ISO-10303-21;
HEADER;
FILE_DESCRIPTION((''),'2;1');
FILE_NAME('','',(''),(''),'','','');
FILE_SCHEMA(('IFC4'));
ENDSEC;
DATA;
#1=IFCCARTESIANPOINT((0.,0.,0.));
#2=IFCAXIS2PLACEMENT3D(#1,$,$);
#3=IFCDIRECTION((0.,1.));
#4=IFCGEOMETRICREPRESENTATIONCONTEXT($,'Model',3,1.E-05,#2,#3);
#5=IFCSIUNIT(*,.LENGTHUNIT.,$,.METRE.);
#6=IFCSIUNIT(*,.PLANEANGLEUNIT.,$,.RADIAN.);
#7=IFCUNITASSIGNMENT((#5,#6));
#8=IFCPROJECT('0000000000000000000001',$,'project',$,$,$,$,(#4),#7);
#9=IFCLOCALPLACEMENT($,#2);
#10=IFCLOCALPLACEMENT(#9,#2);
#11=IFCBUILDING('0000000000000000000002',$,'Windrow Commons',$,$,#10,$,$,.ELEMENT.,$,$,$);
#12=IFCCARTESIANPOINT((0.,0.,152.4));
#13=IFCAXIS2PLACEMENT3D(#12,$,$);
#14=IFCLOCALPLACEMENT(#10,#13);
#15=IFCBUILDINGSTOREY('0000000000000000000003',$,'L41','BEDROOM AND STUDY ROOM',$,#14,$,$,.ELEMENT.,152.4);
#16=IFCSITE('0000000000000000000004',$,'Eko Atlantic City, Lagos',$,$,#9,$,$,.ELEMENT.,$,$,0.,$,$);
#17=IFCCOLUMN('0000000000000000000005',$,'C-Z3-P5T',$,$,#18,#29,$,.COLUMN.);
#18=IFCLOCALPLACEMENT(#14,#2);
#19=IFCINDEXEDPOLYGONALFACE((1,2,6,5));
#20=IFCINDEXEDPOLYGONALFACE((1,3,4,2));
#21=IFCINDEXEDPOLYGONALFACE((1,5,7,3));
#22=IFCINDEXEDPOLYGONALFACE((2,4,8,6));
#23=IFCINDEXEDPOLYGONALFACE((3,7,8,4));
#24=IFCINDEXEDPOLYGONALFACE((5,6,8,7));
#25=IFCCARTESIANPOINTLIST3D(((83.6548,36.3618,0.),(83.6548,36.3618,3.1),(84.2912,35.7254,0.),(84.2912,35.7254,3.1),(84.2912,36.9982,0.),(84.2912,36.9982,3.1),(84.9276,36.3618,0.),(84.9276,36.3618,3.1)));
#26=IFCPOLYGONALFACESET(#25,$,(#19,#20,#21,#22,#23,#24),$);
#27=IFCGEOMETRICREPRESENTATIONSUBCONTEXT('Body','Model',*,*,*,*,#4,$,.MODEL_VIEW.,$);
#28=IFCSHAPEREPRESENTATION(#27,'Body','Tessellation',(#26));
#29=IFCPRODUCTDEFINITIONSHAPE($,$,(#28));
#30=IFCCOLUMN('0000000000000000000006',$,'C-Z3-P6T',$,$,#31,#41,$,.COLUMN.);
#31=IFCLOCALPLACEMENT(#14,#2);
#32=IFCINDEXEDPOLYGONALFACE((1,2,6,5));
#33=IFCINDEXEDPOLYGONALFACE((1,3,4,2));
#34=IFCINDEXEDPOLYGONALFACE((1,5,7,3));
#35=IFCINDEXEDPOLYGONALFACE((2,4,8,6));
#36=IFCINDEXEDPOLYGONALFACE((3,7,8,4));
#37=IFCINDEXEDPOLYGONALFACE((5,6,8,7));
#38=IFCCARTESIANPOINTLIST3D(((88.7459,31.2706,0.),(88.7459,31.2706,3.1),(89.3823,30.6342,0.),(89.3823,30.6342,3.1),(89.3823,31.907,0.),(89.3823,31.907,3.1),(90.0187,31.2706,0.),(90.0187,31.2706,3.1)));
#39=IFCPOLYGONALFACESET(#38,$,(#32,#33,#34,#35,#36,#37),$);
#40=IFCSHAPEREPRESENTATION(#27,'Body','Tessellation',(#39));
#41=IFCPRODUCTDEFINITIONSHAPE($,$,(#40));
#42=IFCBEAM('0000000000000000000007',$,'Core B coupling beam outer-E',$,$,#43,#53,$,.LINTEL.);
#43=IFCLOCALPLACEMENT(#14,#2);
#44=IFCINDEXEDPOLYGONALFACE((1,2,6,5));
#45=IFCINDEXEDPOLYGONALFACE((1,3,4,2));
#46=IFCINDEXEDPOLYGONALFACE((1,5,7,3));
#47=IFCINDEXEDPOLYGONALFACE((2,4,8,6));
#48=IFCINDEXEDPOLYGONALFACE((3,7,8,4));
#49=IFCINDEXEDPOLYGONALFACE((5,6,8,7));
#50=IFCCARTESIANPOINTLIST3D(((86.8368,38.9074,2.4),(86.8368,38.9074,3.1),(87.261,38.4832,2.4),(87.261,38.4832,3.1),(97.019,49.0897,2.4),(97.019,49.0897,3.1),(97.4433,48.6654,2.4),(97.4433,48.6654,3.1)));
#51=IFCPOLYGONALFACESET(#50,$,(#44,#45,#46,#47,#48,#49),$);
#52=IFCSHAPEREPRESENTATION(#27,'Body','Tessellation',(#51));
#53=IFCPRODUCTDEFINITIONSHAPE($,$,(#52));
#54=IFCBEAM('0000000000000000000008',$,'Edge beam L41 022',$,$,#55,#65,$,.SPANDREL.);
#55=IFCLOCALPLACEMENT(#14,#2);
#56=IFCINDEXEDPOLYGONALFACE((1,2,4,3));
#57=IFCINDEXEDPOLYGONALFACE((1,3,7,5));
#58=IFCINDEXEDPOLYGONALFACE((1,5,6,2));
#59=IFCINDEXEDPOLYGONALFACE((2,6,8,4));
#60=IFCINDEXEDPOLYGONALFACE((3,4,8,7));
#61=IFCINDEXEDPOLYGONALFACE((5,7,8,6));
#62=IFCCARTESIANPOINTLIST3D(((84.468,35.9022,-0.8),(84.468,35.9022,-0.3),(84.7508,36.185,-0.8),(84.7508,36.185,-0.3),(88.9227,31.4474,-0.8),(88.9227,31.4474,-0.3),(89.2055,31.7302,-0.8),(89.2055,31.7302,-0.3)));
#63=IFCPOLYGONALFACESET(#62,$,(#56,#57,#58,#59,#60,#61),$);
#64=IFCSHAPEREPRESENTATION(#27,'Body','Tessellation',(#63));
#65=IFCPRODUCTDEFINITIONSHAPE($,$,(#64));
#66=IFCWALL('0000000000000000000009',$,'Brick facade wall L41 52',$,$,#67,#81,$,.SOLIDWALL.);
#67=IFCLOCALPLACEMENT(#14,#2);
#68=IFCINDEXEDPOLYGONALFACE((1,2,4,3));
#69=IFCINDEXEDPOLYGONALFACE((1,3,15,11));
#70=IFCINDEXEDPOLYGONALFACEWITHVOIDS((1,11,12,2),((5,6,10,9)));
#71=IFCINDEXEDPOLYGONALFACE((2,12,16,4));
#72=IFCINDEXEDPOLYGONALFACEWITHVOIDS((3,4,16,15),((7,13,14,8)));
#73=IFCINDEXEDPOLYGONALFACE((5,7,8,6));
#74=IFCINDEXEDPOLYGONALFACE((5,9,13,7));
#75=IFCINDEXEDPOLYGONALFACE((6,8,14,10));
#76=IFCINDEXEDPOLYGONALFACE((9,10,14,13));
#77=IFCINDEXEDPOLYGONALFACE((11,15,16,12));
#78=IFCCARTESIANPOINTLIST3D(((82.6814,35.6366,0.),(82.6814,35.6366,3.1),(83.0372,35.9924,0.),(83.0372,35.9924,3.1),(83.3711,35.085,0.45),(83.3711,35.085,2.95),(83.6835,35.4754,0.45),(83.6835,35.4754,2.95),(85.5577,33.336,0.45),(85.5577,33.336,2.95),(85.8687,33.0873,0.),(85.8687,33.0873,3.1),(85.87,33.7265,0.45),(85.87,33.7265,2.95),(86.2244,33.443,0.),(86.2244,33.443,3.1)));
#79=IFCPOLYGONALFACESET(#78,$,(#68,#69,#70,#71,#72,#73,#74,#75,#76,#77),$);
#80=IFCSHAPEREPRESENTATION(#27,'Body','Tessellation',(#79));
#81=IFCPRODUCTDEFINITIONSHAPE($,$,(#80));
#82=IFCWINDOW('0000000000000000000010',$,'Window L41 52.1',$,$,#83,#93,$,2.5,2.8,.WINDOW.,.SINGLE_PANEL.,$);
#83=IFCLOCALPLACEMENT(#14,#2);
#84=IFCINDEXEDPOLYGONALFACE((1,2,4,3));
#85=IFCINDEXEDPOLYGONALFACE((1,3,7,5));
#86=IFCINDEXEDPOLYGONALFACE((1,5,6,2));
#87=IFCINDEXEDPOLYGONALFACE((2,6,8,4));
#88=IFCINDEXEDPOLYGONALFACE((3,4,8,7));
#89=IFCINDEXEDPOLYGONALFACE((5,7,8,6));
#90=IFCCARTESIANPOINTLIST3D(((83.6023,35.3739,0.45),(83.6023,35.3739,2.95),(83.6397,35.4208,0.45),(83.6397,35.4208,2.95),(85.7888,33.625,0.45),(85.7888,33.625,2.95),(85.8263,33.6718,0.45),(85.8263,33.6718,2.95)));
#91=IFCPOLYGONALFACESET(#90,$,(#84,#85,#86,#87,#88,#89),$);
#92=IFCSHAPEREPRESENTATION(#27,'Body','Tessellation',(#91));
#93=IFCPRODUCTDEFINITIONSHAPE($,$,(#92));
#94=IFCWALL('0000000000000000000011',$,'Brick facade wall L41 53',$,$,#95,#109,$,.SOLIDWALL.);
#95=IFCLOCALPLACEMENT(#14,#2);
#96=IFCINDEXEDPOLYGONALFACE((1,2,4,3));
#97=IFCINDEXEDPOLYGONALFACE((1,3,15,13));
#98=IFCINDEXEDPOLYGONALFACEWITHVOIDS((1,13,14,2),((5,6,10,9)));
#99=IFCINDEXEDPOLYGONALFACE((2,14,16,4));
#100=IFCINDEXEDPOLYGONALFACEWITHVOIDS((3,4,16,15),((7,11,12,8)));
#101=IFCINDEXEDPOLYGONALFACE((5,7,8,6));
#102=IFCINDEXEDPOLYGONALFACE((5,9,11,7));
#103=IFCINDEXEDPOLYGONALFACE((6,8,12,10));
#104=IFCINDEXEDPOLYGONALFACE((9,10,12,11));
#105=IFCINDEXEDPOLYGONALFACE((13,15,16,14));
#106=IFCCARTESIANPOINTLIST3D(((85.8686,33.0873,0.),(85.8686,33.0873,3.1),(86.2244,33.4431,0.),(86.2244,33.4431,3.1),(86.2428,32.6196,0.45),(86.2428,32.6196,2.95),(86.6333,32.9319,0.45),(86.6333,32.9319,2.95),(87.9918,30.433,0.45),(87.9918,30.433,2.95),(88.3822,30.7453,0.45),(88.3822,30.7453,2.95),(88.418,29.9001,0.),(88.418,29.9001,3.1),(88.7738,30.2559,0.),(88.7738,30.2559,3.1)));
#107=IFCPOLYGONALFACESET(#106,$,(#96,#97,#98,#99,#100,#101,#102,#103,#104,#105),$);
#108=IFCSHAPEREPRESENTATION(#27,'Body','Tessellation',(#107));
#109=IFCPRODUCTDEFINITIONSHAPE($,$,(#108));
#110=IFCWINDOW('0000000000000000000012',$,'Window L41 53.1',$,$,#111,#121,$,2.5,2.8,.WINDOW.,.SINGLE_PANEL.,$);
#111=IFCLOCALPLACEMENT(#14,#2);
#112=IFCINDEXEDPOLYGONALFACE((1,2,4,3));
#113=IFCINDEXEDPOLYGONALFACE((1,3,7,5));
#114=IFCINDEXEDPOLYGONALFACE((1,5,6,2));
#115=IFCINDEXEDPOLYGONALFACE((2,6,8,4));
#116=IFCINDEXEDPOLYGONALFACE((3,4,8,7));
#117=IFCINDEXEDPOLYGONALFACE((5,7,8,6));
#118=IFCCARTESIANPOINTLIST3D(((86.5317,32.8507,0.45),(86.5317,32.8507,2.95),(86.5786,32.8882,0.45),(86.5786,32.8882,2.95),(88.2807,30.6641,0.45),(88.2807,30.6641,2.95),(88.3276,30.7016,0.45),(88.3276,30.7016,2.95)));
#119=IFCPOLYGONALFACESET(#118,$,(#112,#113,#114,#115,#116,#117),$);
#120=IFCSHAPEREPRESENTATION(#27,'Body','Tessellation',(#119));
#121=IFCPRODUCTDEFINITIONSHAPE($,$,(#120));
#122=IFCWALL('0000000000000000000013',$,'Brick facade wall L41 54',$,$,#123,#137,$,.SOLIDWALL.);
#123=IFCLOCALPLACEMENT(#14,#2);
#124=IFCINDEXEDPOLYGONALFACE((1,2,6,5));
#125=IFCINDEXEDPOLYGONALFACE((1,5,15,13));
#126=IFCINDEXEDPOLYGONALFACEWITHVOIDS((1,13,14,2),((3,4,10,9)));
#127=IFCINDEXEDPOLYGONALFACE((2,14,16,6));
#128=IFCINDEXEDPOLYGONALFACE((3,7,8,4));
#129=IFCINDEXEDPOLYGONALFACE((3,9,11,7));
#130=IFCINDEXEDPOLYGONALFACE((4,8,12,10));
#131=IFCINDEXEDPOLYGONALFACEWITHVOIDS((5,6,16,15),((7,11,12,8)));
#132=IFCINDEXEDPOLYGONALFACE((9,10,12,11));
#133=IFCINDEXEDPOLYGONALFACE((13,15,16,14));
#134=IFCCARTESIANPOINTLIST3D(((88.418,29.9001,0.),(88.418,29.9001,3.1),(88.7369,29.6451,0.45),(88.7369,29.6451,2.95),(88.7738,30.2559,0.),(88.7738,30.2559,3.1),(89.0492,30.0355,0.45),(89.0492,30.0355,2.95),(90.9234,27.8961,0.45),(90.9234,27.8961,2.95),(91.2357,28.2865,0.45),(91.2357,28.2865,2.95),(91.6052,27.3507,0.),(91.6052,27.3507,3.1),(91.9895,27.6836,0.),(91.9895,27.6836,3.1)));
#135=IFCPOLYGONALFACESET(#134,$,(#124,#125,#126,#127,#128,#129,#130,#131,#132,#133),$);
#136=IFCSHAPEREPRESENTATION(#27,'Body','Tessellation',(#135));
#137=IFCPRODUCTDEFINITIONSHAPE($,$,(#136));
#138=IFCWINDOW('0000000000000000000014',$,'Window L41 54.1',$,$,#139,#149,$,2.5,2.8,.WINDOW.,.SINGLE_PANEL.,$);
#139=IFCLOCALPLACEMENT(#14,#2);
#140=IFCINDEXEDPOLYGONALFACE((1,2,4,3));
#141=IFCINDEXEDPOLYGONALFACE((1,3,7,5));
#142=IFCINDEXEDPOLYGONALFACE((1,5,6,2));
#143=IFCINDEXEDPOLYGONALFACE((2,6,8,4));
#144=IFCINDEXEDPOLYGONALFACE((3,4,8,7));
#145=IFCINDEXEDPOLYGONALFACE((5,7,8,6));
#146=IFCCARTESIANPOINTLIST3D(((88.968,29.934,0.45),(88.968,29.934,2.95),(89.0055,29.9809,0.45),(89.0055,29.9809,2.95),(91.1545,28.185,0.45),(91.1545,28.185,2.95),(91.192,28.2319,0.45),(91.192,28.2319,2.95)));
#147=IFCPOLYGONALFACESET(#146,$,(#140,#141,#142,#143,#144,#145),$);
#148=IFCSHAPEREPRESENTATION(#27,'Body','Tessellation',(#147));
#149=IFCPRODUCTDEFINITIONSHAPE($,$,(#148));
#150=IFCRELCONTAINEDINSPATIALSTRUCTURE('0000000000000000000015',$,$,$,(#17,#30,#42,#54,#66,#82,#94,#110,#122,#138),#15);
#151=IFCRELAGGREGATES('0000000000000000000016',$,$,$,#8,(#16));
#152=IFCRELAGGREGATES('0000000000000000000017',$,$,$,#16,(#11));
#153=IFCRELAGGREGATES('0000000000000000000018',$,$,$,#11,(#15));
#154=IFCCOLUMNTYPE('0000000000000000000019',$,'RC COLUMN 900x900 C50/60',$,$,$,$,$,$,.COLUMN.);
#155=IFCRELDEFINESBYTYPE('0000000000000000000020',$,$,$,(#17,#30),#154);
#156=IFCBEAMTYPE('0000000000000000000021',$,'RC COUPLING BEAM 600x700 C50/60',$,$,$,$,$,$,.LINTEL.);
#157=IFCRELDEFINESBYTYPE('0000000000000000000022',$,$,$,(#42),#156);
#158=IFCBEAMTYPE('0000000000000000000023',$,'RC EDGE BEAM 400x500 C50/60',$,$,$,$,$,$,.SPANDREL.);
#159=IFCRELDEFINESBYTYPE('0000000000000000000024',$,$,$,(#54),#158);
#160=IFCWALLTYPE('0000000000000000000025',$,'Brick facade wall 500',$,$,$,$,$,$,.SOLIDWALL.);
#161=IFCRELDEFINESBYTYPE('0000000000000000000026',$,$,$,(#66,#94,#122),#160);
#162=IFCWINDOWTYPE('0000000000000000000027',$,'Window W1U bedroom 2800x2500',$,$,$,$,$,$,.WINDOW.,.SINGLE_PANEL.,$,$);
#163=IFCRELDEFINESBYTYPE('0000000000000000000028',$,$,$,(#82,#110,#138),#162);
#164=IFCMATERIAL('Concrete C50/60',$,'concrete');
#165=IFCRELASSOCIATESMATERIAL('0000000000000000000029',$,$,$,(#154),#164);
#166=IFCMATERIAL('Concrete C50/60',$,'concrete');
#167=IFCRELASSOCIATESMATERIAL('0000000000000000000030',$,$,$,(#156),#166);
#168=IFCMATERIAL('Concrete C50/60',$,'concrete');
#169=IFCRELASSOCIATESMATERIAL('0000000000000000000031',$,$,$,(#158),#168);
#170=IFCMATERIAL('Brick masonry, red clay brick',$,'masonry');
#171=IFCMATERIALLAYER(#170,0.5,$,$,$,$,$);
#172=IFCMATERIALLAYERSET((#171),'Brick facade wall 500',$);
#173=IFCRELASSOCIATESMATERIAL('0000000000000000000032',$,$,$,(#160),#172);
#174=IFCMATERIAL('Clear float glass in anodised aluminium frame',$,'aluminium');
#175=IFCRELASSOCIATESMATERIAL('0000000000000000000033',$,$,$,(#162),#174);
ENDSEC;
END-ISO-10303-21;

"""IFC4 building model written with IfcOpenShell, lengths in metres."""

from ifc_helpers import new_model, si_unit, direction, frame, frame_2d, origin, origin_2d, place, context, subcontext, project, spatial, polyline, rectangle, outline, extrude, material, layer, layer_set, material_profile, profile_set, type_object, element, fill, save


model = new_model("IFC4")

# Units and contexts
model_context = context("Model", 3, precision=1e-05, world=origin(), true_north=direction((0.0, 1.0)))
body_context = subcontext(model_context, "Body", "Model", "MODEL_VIEW")
ifc_project = project(units=[si_unit("LENGTHUNIT", "METRE"), si_unit("PLANEANGLEUNIT", "RADIAN")], contexts=[model_context])

# Site, building, storey
site_placement = place(None, origin())
site = spatial("IfcSite", under=ifc_project, at=site_placement, Name="Eko Atlantic City, Lagos", CompositionType="ELEMENT", RefElevation=0.0)
building_placement = place(site_placement, origin())
building = spatial("IfcBuilding", under=site, at=building_placement, Name="Windrow Commons", CompositionType="ELEMENT")
storey_placement = place(building_placement, frame((0.0, 0.0, 152.4)))
storey = spatial("IfcBuildingStorey", under=building, at=storey_placement, Name="L41", Description="BEDROOM AND STUDY ROOM", CompositionType="ELEMENT", Elevation=152.4)

# Columns
ifc_material_1 = material(Name="Concrete C50/60", Category="concrete")
ifc_material_profile_1 = material_profile(ifc_material_1, rectangle(XDim=0.9, YDim=0.9, at=origin_2d()))
ifc_profile_set_1 = profile_set([ifc_material_profile_1], Name="Concrete C50/60")
column_type = type_object("IfcColumnType", Name="RC COLUMN 900x900 C50/60", PredefinedType="COLUMN", material=ifc_profile_set_1)
for number, where, z_axis, x_axis, name in (
    (1, (84.2912, 36.3618, 0.0), (0.0, 0.0, 1.0), (0.707107, -0.707107, 0.0), "C-Z3-P5T"),
    (2, (89.3823, 31.2706, 0.0), (0.0, 0.0, 1.0), (0.707107, -0.707107, 0.0), "C-Z3-P6T"),
):
    element("IfcColumn", number, at=place(storey_placement, frame(where, z_axis=z_axis, x_axis=x_axis)), inside=storey, type_object=column_type, Name=name, PredefinedType="COLUMN", context=body_context, shape_type="SweptSolid", body=[
        extrude(rectangle(XDim=0.9, YDim=0.9, at=origin_2d()), origin(), (0.0, 0.0, 1.0), 3.1),
    ])

# Beams
ifc_material_2 = material(Name="Concrete C50/60", Category="concrete")
ifc_material_profile_2 = material_profile(ifc_material_2, rectangle(XDim=0.6, YDim=0.7, at=origin_2d()))
ifc_profile_set_2 = profile_set([ifc_material_profile_2], Name="Concrete C50/60")
beam_type_1 = type_object("IfcBeamType", Name="RC COUPLING BEAM 600x700 C50/60", PredefinedType="LINTEL", material=ifc_profile_set_2)
beam_1_placement = place(storey_placement, frame((87.0489, 38.6953, 2.75), z_axis=(0.707107, 0.707107, 0.0), x_axis=(-0.707107, 0.707107, 0.0)))
element("IfcBeam", 3, at=beam_1_placement, inside=storey, type_object=beam_type_1, Name="Core B coupling beam outer-E", PredefinedType="LINTEL", context=body_context, shape_type="SweptSolid", body=[
    extrude(rectangle(XDim=0.6, YDim=0.7, at=origin_2d()), origin(), (0.0, 0.0, 1.0), 14.3999),
])
ifc_material_3 = material(Name="Concrete C50/60", Category="concrete")
ifc_material_profile_3 = material_profile(ifc_material_3, rectangle(XDim=0.4, YDim=0.5, at=origin_2d()))
ifc_profile_set_3 = profile_set([ifc_material_profile_3], Name="Concrete C50/60")
beam_type_2 = type_object("IfcBeamType", Name="RC EDGE BEAM 400x500 C50/60", PredefinedType="SPANDREL", material=ifc_profile_set_3)
beam_2_placement = place(storey_placement, frame((89.0641, 31.5888, -0.55), z_axis=(-0.707099, 0.707115, 0.0), x_axis=(-0.707115, -0.707099, 0.0)))
element("IfcBeam", 4, at=beam_2_placement, inside=storey, type_object=beam_type_2, Name="Edge beam L41 022", PredefinedType="SPANDREL", context=body_context, shape_type="SweptSolid", body=[
    extrude(rectangle(XDim=0.4, YDim=0.5, at=origin_2d()), origin(), (0.0, 0.0, 1.0), 6.3),
])

# Walls, openings, windows
ifc_material_4 = material(Name="Brick masonry, red clay brick", Category="masonry")
ifc_layer_1 = layer(ifc_material_4, 0.5)
ifc_layer_set_1 = layer_set([ifc_layer_1], Name="Brick facade wall 500")
wall_type_1 = type_object("IfcWallType", Name="Brick facade wall 500", PredefinedType="SOLIDWALL", material=ifc_layer_set_1)
wall_1_placement = place(storey_placement, frame((82.8593, 35.8145, 0.0), z_axis=(0.0, 0.0, 1.0), x_axis=(0.780924, -0.624626, 0.0)))
wall_1 = element("IfcWall", 5, at=wall_1_placement, inside=storey, type_object=wall_type_1, Name="Brick facade wall L41 52", PredefinedType="SOLIDWALL", context=body_context, shape_type="SweptSolid", body=[
    extrude(outline(polyline([(-0.0278, -0.25), (4.0536, -0.25), (4.1092, 0.25), (0.0278, 0.25), (-0.0278, -0.25)])), origin(), (0.0, 0.0, 1.0), 3.1),
])
opening_1_placement = place(wall_1_placement, frame((0.8554, 0.0, 0.45)))
opening_1 = element("IfcOpeningElement", 6, at=opening_1_placement, cuts=wall_1, PredefinedType="OPENING", context=body_context, shape_type="SweptSolid", body=[
    extrude(rectangle(XDim=2.8, YDim=2.5, at=frame_2d((1.4, 1.25))), frame((0.0, 0.26, 0.0), z_axis=(0.0, -1.0, 0.0), x_axis=(1.0, 0.0, 0.0)), (0.0, 0.0, 1.0), 0.52),
])
ifc_material_5 = material(Name="Clear float glass in anodised aluminium frame", Category="aluminium")
window_type_1 = type_object("IfcWindowType", Name="Window W1U bedroom 2800x2500", PartitioningType="SINGLE_PANEL", PredefinedType="WINDOW", material=ifc_material_5)
window_1_placement = place(opening_1_placement, origin())
window_1 = element("IfcWindow", 7, at=window_1_placement, inside=storey, type_object=window_type_1, Name="Window L41 52.1", OverallHeight=2.5, OverallWidth=2.8, PartitioningType="SINGLE_PANEL", PredefinedType="WINDOW", context=body_context, shape_type="SweptSolid", body=[
    extrude(rectangle(XDim=2.8, YDim=2.5, at=frame_2d((1.4, 1.25))), frame((0.0, 0.18, 0.0), z_axis=(0.0, -1.0, 0.0), x_axis=(1.0, 0.0, 0.0)), (0.0, 0.0, 1.0), 0.06),
])
fill(opening_1, window_1)
wall_2_placement = place(storey_placement, frame((86.0465, 33.2652, 0.0), z_axis=(0.0, 0.0, 1.0), x_axis=(0.624641, -0.780912, 0.0)))
wall_2 = element("IfcWall", 8, at=wall_2_placement, inside=storey, type_object=wall_type_1, Name="Brick facade wall L41 53", PredefinedType="SOLIDWALL", context=body_context, shape_type="SweptSolid", body=[
    extrude(outline(polyline([(0.0278, -0.25), (4.1092, -0.25), (4.0536, 0.25), (-0.0278, 0.25), (0.0278, -0.25)])), origin(), (0.0, 0.0, 1.0), 3.1),
])
opening_2_placement = place(wall_2_placement, frame((0.6268, 0.0, 0.45)))
opening_2 = element("IfcOpeningElement", 9, at=opening_2_placement, cuts=wall_2, PredefinedType="OPENING", context=body_context, shape_type="SweptSolid", body=[
    extrude(rectangle(XDim=2.8, YDim=2.5, at=frame_2d((1.4, 1.25))), frame((0.0, 0.26, 0.0), z_axis=(0.0, -1.0, 0.0), x_axis=(1.0, 0.0, 0.0)), (0.0, 0.0, 1.0), 0.52),
])
window_2_placement = place(opening_2_placement, origin())
window_2 = element("IfcWindow", 10, at=window_2_placement, inside=storey, type_object=window_type_1, Name="Window L41 53.1", OverallHeight=2.5, OverallWidth=2.8, PartitioningType="SINGLE_PANEL", PredefinedType="WINDOW", context=body_context, shape_type="SweptSolid", body=[
    extrude(rectangle(XDim=2.8, YDim=2.5, at=frame_2d((1.4, 1.25))), frame((0.0, 0.18, 0.0), z_axis=(0.0, -1.0, 0.0), x_axis=(1.0, 0.0, 0.0)), (0.0, 0.0, 1.0), 0.06),
])
fill(opening_2, window_2)
wall_3_placement = place(storey_placement, frame((88.5959, 30.078, 0.0), z_axis=(0.0, 0.0, 1.0), x_axis=(0.780907, -0.624647, 0.0)))
wall_3 = element("IfcWall", 11, at=wall_3_placement, inside=storey, type_object=wall_type_1, Name="Brick facade wall L41 54", PredefinedType="SOLIDWALL", context=body_context, shape_type="SweptSolid", body=[
    extrude(outline(polyline([(-0.0278, -0.25), (4.0536, -0.25), (4.1457, 0.25), (0.0278, 0.25), (-0.0278, -0.25)])), origin(), (0.0, 0.0, 1.0), 3.1),
])
opening_3_placement = place(wall_3_placement, frame((0.3805, 0.0, 0.45)))
opening_3 = element("IfcOpeningElement", 12, at=opening_3_placement, cuts=wall_3, PredefinedType="OPENING", context=body_context, shape_type="SweptSolid", body=[
    extrude(rectangle(XDim=2.8, YDim=2.5, at=frame_2d((1.4, 1.25))), frame((0.0, 0.26, 0.0), z_axis=(0.0, -1.0, 0.0), x_axis=(1.0, 0.0, 0.0)), (0.0, 0.0, 1.0), 0.52),
])
window_3_placement = place(opening_3_placement, origin())
window_3 = element("IfcWindow", 13, at=window_3_placement, inside=storey, type_object=window_type_1, Name="Window L41 54.1", OverallHeight=2.5, OverallWidth=2.8, PartitioningType="SINGLE_PANEL", PredefinedType="WINDOW", context=body_context, shape_type="SweptSolid", body=[
    extrude(rectangle(XDim=2.8, YDim=2.5, at=frame_2d((1.4, 1.25))), frame((0.0, 0.18, 0.0), z_axis=(0.0, -1.0, 0.0), x_axis=(1.0, 0.0, 0.0)), (0.0, 0.0, 1.0), 0.06),
])
fill(opening_3, window_3)

save(model, "model.ifc")
